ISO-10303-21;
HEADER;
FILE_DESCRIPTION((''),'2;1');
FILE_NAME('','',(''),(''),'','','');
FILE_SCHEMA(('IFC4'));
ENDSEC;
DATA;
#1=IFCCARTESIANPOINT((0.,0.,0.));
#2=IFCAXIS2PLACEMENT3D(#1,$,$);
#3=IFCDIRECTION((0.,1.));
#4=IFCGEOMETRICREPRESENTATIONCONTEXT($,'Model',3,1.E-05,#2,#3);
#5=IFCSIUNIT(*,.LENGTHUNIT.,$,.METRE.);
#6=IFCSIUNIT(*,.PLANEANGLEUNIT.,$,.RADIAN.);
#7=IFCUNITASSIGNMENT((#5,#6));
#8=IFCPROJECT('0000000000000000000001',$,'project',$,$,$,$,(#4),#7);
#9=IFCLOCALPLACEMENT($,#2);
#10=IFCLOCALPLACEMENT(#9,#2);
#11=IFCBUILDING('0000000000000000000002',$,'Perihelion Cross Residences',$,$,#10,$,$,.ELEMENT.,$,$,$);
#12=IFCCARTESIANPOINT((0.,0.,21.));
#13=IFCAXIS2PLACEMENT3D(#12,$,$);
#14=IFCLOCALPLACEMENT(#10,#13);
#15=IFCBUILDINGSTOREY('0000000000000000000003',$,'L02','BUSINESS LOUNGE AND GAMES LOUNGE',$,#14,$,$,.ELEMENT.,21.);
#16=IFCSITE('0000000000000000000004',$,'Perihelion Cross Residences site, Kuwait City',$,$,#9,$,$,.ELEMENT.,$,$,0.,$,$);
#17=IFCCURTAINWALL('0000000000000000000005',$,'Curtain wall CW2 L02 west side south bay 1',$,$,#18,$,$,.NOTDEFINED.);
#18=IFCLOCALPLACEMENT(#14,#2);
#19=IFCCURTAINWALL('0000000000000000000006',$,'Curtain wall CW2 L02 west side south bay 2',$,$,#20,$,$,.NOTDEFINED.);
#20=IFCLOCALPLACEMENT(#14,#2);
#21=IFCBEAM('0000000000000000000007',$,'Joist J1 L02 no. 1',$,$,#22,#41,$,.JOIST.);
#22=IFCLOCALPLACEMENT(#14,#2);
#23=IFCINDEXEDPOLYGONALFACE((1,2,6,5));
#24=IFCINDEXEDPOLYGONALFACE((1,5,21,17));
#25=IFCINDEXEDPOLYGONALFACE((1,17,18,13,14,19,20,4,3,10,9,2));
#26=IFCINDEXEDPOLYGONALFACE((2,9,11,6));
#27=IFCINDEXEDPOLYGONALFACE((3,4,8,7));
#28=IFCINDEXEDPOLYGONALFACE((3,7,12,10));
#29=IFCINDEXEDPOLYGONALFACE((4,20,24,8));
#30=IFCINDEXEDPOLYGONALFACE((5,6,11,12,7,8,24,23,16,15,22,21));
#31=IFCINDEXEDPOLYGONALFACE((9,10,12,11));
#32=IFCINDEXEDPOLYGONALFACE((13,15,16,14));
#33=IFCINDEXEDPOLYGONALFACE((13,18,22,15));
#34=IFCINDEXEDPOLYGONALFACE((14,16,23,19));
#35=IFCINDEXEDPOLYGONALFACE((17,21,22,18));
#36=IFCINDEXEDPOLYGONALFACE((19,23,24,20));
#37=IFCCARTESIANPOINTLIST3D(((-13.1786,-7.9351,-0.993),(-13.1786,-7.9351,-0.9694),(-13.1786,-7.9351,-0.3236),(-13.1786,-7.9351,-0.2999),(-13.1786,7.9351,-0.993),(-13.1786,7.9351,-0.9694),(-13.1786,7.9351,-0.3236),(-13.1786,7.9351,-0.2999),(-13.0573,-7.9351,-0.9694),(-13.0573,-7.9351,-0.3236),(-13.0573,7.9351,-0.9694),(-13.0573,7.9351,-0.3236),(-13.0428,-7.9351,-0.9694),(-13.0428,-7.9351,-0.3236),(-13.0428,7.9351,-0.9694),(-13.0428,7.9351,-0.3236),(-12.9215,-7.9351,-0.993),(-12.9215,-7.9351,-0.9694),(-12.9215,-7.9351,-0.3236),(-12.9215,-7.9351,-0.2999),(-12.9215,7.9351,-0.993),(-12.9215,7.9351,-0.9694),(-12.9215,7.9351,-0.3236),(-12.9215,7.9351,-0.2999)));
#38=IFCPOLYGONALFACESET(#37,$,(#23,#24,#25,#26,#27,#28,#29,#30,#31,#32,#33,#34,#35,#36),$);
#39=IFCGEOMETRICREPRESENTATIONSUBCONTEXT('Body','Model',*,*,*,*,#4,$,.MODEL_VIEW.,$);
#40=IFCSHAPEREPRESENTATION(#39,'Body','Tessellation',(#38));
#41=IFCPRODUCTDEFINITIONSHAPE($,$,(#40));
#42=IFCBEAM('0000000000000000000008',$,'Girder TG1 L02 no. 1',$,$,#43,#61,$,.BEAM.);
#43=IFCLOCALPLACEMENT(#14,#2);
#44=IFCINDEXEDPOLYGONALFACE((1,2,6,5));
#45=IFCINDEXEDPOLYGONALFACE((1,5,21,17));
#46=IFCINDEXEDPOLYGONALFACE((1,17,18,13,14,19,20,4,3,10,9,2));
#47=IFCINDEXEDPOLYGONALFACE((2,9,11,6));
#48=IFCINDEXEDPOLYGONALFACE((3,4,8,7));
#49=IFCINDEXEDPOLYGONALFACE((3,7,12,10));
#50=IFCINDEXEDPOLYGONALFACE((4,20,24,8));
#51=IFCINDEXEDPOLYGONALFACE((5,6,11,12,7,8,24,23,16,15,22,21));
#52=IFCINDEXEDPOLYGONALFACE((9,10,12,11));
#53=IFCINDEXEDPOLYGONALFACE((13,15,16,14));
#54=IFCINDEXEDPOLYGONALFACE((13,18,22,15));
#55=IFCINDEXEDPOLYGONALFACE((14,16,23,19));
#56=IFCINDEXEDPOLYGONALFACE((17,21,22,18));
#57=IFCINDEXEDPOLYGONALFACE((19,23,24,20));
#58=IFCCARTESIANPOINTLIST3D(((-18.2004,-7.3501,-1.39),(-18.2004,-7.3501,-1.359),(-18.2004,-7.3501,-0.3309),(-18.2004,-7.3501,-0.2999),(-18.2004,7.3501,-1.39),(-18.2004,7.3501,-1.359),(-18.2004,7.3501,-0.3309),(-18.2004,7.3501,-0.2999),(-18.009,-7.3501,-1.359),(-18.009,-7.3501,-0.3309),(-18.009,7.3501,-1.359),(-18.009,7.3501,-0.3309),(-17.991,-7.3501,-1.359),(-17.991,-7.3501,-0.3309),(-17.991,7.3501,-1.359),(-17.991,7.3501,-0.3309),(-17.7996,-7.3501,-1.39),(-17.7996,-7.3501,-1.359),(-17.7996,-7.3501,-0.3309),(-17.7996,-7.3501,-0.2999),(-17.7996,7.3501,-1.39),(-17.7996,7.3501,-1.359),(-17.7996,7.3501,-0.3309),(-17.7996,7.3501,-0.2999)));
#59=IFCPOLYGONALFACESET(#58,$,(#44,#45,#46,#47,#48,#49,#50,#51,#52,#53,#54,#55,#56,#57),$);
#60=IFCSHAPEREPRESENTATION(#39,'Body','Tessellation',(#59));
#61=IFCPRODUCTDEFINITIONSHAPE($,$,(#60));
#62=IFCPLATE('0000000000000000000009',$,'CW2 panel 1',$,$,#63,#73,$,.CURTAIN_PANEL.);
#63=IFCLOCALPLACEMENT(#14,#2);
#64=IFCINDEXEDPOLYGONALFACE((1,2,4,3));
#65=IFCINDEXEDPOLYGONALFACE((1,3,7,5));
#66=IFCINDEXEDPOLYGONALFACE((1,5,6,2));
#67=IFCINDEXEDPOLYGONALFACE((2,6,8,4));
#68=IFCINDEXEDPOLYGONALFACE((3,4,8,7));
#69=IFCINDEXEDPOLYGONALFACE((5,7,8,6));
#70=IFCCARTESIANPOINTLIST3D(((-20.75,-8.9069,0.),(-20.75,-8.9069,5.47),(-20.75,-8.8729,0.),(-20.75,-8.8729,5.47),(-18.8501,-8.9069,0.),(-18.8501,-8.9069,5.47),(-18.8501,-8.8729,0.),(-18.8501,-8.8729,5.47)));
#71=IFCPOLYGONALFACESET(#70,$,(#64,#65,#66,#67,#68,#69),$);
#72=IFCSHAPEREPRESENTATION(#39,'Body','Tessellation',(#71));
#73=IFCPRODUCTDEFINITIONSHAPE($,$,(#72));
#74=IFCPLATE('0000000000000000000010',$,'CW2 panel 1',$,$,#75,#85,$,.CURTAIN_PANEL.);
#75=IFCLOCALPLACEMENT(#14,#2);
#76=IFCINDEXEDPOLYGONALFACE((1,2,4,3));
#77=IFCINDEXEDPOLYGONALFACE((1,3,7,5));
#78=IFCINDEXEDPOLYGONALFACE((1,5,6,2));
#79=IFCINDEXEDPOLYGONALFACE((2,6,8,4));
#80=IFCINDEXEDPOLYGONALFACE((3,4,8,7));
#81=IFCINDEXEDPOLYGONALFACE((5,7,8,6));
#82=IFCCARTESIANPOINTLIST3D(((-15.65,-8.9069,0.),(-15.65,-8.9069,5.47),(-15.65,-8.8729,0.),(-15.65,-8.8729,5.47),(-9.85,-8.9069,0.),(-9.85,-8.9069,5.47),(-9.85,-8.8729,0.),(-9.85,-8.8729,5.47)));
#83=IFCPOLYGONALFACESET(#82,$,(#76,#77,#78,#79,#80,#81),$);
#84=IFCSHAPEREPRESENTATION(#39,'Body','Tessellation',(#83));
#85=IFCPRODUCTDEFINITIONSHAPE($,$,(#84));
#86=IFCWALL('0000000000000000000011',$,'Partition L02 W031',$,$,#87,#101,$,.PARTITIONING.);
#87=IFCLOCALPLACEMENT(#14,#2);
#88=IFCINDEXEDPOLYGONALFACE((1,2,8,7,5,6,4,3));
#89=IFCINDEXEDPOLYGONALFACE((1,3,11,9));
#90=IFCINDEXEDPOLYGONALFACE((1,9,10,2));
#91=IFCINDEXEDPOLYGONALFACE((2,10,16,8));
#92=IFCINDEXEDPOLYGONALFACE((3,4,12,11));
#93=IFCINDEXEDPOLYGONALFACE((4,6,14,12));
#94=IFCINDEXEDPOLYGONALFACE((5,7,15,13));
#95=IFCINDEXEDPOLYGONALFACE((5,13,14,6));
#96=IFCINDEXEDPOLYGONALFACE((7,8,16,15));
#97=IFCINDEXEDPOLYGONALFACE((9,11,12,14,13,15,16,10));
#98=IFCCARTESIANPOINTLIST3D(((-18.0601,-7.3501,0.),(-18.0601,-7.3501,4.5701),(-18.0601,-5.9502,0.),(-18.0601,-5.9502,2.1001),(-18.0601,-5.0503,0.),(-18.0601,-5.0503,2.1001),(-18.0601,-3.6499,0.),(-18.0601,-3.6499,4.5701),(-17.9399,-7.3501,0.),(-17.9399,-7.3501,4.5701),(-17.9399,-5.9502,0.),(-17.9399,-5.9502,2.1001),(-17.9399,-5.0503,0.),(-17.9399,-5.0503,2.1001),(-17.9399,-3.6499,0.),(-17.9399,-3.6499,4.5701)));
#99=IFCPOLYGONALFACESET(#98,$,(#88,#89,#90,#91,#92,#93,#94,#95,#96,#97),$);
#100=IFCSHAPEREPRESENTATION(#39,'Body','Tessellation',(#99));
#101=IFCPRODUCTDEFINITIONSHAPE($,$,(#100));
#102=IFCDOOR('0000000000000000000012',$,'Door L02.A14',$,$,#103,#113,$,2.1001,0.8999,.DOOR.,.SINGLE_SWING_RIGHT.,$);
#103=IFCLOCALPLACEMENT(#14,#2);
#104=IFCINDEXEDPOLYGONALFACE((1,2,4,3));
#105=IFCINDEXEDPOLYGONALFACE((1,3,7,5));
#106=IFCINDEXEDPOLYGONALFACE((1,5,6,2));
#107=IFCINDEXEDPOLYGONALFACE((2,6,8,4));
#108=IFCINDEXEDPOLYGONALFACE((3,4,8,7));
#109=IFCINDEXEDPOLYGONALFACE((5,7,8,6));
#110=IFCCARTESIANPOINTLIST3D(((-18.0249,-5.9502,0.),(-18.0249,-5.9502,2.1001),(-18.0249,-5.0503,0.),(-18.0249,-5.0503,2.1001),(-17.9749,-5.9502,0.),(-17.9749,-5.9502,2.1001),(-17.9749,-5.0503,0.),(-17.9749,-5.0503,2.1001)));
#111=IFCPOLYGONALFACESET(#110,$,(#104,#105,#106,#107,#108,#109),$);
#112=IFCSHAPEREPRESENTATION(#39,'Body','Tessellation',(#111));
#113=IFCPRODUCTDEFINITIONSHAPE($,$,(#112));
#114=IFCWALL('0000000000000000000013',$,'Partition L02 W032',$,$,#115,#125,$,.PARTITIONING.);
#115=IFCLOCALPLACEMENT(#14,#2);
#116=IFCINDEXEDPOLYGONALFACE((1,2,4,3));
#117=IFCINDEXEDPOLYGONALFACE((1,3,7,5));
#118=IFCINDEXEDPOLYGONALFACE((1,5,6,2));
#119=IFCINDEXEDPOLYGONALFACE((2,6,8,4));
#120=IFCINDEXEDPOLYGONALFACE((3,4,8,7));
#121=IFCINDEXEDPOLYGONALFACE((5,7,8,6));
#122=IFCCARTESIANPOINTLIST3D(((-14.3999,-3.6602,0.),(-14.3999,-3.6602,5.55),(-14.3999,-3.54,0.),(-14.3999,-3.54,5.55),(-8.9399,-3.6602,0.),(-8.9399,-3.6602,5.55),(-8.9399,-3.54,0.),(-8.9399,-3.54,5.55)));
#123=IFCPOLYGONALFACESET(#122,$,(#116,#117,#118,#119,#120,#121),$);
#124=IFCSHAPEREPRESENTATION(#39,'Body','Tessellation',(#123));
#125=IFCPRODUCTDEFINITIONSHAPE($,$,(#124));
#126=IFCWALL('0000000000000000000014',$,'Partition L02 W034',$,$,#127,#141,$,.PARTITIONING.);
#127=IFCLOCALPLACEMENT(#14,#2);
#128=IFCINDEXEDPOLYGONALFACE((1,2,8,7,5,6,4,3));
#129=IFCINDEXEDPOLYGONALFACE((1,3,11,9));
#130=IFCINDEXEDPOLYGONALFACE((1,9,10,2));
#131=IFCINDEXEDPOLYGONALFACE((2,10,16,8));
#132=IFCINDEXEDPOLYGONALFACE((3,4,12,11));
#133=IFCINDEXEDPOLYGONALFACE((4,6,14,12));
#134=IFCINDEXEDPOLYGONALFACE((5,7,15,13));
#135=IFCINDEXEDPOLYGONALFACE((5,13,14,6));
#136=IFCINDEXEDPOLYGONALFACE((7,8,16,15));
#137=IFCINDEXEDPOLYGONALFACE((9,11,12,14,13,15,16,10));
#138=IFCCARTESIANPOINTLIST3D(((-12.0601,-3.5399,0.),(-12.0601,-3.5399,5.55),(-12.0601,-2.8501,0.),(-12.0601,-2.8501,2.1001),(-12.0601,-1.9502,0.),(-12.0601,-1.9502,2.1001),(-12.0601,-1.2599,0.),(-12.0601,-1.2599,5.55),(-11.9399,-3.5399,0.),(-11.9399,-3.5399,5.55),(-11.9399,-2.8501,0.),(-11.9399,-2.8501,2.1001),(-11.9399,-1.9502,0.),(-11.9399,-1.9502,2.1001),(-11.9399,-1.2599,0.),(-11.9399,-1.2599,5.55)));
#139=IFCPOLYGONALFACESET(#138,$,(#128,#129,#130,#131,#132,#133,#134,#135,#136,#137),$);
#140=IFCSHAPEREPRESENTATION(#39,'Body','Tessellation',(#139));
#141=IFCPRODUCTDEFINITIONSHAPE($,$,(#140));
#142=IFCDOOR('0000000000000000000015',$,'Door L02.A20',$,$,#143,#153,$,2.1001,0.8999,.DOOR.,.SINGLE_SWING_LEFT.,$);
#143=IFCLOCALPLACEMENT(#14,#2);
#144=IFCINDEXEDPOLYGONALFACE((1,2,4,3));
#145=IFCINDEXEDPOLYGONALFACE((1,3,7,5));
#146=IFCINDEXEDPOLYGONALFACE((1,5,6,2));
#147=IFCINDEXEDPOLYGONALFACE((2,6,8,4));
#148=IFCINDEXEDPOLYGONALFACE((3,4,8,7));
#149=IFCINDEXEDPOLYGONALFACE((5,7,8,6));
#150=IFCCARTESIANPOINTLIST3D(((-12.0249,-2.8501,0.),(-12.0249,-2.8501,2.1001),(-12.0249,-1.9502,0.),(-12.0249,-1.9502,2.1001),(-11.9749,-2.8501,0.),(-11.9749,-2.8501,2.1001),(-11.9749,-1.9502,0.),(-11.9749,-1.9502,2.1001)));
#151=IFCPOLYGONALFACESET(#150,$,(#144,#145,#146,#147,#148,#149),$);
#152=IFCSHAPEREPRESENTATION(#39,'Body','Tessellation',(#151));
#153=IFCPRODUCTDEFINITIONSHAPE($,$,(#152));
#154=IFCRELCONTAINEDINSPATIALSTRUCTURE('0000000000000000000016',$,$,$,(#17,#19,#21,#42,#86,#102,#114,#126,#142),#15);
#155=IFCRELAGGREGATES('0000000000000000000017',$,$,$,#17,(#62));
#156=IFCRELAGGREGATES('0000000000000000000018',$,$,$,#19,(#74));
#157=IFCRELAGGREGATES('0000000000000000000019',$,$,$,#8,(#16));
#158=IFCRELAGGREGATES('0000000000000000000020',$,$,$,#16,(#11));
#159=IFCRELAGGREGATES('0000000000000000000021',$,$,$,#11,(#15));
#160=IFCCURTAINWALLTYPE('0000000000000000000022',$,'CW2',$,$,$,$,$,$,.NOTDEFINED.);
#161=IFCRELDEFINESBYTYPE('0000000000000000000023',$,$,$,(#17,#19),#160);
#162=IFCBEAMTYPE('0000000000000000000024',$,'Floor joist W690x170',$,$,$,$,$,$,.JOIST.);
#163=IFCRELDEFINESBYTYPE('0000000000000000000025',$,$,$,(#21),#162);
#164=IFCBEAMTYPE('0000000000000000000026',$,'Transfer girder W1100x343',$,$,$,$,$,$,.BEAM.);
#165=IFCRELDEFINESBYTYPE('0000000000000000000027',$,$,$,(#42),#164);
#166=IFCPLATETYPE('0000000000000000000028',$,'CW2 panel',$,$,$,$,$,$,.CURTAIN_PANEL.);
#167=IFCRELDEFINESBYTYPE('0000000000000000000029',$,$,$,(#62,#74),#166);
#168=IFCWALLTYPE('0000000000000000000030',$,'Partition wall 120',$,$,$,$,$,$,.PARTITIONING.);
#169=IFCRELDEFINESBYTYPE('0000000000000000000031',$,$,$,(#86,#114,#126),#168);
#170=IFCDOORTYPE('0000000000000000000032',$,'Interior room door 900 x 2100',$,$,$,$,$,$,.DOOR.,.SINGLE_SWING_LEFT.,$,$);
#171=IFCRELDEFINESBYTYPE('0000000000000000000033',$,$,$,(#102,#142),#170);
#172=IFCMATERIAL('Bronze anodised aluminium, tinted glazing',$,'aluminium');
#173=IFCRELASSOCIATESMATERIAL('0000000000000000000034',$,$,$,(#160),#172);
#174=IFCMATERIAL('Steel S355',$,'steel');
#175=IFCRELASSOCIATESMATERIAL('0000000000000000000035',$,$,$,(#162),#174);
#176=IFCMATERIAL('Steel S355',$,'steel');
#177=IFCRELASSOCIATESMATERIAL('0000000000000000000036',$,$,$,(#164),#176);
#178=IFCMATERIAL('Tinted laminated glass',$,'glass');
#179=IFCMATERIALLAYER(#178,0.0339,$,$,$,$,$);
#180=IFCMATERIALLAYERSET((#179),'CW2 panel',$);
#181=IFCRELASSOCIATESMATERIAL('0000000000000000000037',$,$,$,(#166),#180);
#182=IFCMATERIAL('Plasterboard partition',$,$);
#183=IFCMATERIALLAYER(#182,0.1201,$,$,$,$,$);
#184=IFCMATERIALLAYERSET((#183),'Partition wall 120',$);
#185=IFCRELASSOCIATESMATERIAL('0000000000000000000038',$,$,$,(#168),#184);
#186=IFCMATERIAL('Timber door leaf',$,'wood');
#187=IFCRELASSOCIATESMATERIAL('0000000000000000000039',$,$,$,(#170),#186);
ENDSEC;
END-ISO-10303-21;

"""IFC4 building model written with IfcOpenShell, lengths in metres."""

from ifc_helpers import new_model, si_unit, direction, frame, frame_2d, origin, origin_2d, place, context, subcontext, project, spatial, rectangle, i_section, extrude, material, layer, layer_set, material_profile, profile_set, type_object, element, fill, aggregate, save


model = new_model("IFC4")

# Units and contexts
model_context = context("Model", 3, precision=1e-05, world=origin(), true_north=direction((0.0, 1.0)))
body_context = subcontext(model_context, "Body", "Model", "MODEL_VIEW")
ifc_project = project(units=[si_unit("LENGTHUNIT", "METRE"), si_unit("PLANEANGLEUNIT", "RADIAN")], contexts=[model_context])

# Site, building, storey
site_placement = place(None, origin())
site = spatial("IfcSite", under=ifc_project, at=site_placement, Name="Perihelion Cross Residences site, Kuwait City", CompositionType="ELEMENT", RefElevation=0.0)
building_placement = place(site_placement, origin())
building = spatial("IfcBuilding", under=site, at=building_placement, Name="Perihelion Cross Residences", CompositionType="ELEMENT")
storey_placement = place(building_placement, frame((0.0, 0.0, 21.0)))
storey = spatial("IfcBuildingStorey", under=building, at=storey_placement, Name="L02", Description="BUSINESS LOUNGE AND GAMES LOUNGE", CompositionType="ELEMENT", Elevation=21.0)

# Curtain walls
ifc_material_1 = material(Name="Bronze anodised aluminium, tinted glazing", Category="aluminium")
curtain_wall_type = type_object("IfcCurtainWallType", Name="CW2", PredefinedType="NOTDEFINED", material=ifc_material_1)
curtain_wall_1_placement = place(storey_placement, origin())
curtain_wall_1 = element("IfcCurtainWall", 1, at=curtain_wall_1_placement, inside=storey, type_object=curtain_wall_type, Name="Curtain wall CW2 L02 west side south bay 1", PredefinedType="NOTDEFINED")
curtain_wall_2_placement = place(storey_placement, origin())
curtain_wall_2 = element("IfcCurtainWall", 2, at=curtain_wall_2_placement, inside=storey, type_object=curtain_wall_type, Name="Curtain wall CW2 L02 west side south bay 2", PredefinedType="NOTDEFINED")

# Beams
ifc_material_2 = material(Name="Steel S355", Category="steel")
ifc_material_profile_1 = material_profile(ifc_material_2, i_section(OverallWidth=0.2571, OverallDepth=0.6931, WebThickness=0.0144, FlangeThickness=0.0237, at=origin_2d()), Name="W690x170")
ifc_profile_set_1 = profile_set([ifc_material_profile_1], Name="Steel S355")
beam_type_1 = type_object("IfcBeamType", Name="Floor joist W690x170", PredefinedType="JOIST", material=ifc_profile_set_1)
beam_1_placement = place(storey_placement, frame((-13.05, -7.9351, -0.6465), z_axis=(0.0, 1.0, 0.0), x_axis=(-1.0, 0.0, 0.0)))
element("IfcBeam", 3, at=beam_1_placement, inside=storey, type_object=beam_type_1, Name="Joist J1 L02 no. 1", PredefinedType="JOIST", context=body_context, shape_type="SweptSolid", body=[
    extrude(i_section(OverallWidth=0.2571, OverallDepth=0.6931, WebThickness=0.0144, FlangeThickness=0.0237, at=origin_2d()), origin(), (0.0, 0.0, 1.0), 15.8701),
])
ifc_material_3 = material(Name="Steel S355", Category="steel")
ifc_material_profile_2 = material_profile(ifc_material_3, i_section(OverallWidth=0.4009, OverallDepth=1.0901, WebThickness=0.0181, FlangeThickness=0.031, at=origin_2d()), Name="W1100x343")
ifc_profile_set_2 = profile_set([ifc_material_profile_2], Name="Steel S355")
beam_type_2 = type_object("IfcBeamType", Name="Transfer girder W1100x343", PredefinedType="BEAM", material=ifc_profile_set_2)
beam_2_placement = place(storey_placement, frame((-18.0, -7.3501, -0.845), z_axis=(0.0, 1.0, 0.0), x_axis=(-1.0, 0.0, 0.0)))
element("IfcBeam", 4, at=beam_2_placement, inside=storey, type_object=beam_type_2, Name="Girder TG1 L02 no. 1", PredefinedType="BEAM", context=body_context, shape_type="SweptSolid", body=[
    extrude(i_section(OverallWidth=0.4009, OverallDepth=1.0901, WebThickness=0.0181, FlangeThickness=0.031, at=origin_2d()), origin(), (0.0, 0.0, 1.0), 14.7002),
])

# Plates
ifc_material_4 = material(Name="Tinted laminated glass", Category="glass")
ifc_layer_1 = layer(ifc_material_4, 0.0339)
ifc_layer_set_1 = layer_set([ifc_layer_1], Name="CW2 panel")
plate_type = type_object("IfcPlateType", Name="CW2 panel", PredefinedType="CURTAIN_PANEL", material=ifc_layer_set_1)
plate_1_placement = place(storey_placement, frame((-19.8, -8.8899, 0.0), z_axis=(0.0, 0.0, 1.0), x_axis=(1.0, 0.0, 0.0)))
plate_1 = element("IfcPlate", 5, at=plate_1_placement, type_object=plate_type, Name="CW2 panel 1", PredefinedType="CURTAIN_PANEL", context=body_context, shape_type="SweptSolid", body=[
    extrude(rectangle(XDim=1.8999, YDim=0.0339, at=origin_2d()), origin(), (0.0, 0.0, 1.0), 5.47),
])
aggregate(curtain_wall_1, [plate_1])
plate_2_placement = place(storey_placement, frame((-12.75, -8.8899, 0.0), z_axis=(0.0, 0.0, 1.0), x_axis=(1.0, 0.0, 0.0)))
plate_2 = element("IfcPlate", 6, at=plate_2_placement, type_object=plate_type, Name="CW2 panel 1", PredefinedType="CURTAIN_PANEL", context=body_context, shape_type="SweptSolid", body=[
    extrude(rectangle(XDim=5.8, YDim=0.0339, at=origin_2d()), origin(), (0.0, 0.0, 1.0), 5.47),
])
aggregate(curtain_wall_2, [plate_2])

# Wall, opening, door
ifc_material_5 = material(Name="Plasterboard partition")
ifc_layer_2 = layer(ifc_material_5, 0.1201)
ifc_layer_set_2 = layer_set([ifc_layer_2], Name="Partition wall 120")
wall_type_1 = type_object("IfcWallType", Name="Partition wall 120", PredefinedType="PARTITIONING", material=ifc_layer_set_2)
wall_1_placement = place(storey_placement, frame((-18.0, -7.3501, 0.0), z_axis=(0.0, 0.0, 1.0), x_axis=(0.0, 1.0, 0.0)))
wall_1 = element("IfcWall", 7, at=wall_1_placement, inside=storey, type_object=wall_type_1, Name="Partition L02 W031", PredefinedType="PARTITIONING", context=body_context, shape_type="SweptSolid", body=[
    extrude(rectangle(XDim=3.7002, YDim=0.1201, at=frame_2d((1.8501, 0.0))), origin(), (0.0, 0.0, 1.0), 4.5701),
])
opening_1_placement = place(wall_1_placement, frame((1.3999, 0.0, 0.0)))
opening_1 = element("IfcOpeningElement", 8, at=opening_1_placement, cuts=wall_1, PredefinedType="OPENING", context=body_context, shape_type="SweptSolid", body=[
    extrude(rectangle(XDim=0.8999, YDim=2.1001, at=frame_2d((0.45, 1.05))), frame((0.0, 0.0701, 0.0), z_axis=(0.0, -1.0, 0.0), x_axis=(1.0, 0.0, 0.0)), (0.0, 0.0, 1.0), 0.1401),
])
ifc_material_6 = material(Name="Timber door leaf", Category="wood")
door_type_1 = type_object("IfcDoorType", Name="Interior room door 900 x 2100", OperationType="SINGLE_SWING_LEFT", PredefinedType="DOOR", material=ifc_material_6)
door_1_placement = place(opening_1_placement, origin())
door_1 = element("IfcDoor", 9, at=door_1_placement, inside=storey, type_object=door_type_1, Name="Door L02.A14", OperationType="SINGLE_SWING_RIGHT", OverallHeight=2.1001, OverallWidth=0.8999, PredefinedType="DOOR", context=body_context, shape_type="SweptSolid", body=[
    extrude(rectangle(XDim=0.8999, YDim=2.1001, at=frame_2d((0.45, 1.05))), frame((0.0, 0.0249, 0.0), z_axis=(0.0, -1.0, 0.0), x_axis=(1.0, 0.0, 0.0)), (0.0, 0.0, 1.0), 0.05),
])
fill(opening_1, door_1)

# Wall
wall_2_placement = place(storey_placement, frame((-14.3999, -3.6001, 0.0), z_axis=(0.0, 0.0, 1.0), x_axis=(1.0, 0.0, 0.0)))
element("IfcWall", 10, at=wall_2_placement, inside=storey, type_object=wall_type_1, Name="Partition L02 W032", PredefinedType="PARTITIONING", context=body_context, shape_type="SweptSolid", body=[
    extrude(rectangle(XDim=5.46, YDim=0.1201, at=frame_2d((2.73, 0.0))), origin(), (0.0, 0.0, 1.0), 5.55),
])

# Wall, opening, door
wall_3_placement = place(storey_placement, frame((-12.0, -3.54, 0.0), z_axis=(0.0, 0.0, 1.0), x_axis=(0.0, 1.0, 0.0)))
wall_3 = element("IfcWall", 11, at=wall_3_placement, inside=storey, type_object=wall_type_1, Name="Partition L02 W034", PredefinedType="PARTITIONING", context=body_context, shape_type="SweptSolid", body=[
    extrude(rectangle(XDim=2.28, YDim=0.1201, at=frame_2d((1.1401, 0.0))), origin(), (0.0, 0.0, 1.0), 5.55),
])
opening_2_placement = place(wall_3_placement, frame((0.6899, 0.0, 0.0)))
opening_2 = element("IfcOpeningElement", 12, at=opening_2_placement, cuts=wall_3, PredefinedType="OPENING", context=body_context, shape_type="SweptSolid", body=[
    extrude(rectangle(XDim=0.8999, YDim=2.1001, at=frame_2d((0.45, 1.05))), frame((0.0, 0.0701, 0.0), z_axis=(0.0, -1.0, 0.0), x_axis=(1.0, 0.0, 0.0)), (0.0, 0.0, 1.0), 0.1401),
])
door_2_placement = place(opening_2_placement, origin())
door_2 = element("IfcDoor", 13, at=door_2_placement, inside=storey, type_object=door_type_1, Name="Door L02.A20", OperationType="SINGLE_SWING_LEFT", OverallHeight=2.1001, OverallWidth=0.8999, PredefinedType="DOOR", context=body_context, shape_type="SweptSolid", body=[
    extrude(rectangle(XDim=0.8999, YDim=2.1001, at=frame_2d((0.45, 1.05))), frame((0.0, 0.0249, 0.0), z_axis=(0.0, -1.0, 0.0), x_axis=(1.0, 0.0, 0.0)), (0.0, 0.0, 1.0), 0.05),
])
fill(opening_2, door_2)

save(model, "model.ifc")
